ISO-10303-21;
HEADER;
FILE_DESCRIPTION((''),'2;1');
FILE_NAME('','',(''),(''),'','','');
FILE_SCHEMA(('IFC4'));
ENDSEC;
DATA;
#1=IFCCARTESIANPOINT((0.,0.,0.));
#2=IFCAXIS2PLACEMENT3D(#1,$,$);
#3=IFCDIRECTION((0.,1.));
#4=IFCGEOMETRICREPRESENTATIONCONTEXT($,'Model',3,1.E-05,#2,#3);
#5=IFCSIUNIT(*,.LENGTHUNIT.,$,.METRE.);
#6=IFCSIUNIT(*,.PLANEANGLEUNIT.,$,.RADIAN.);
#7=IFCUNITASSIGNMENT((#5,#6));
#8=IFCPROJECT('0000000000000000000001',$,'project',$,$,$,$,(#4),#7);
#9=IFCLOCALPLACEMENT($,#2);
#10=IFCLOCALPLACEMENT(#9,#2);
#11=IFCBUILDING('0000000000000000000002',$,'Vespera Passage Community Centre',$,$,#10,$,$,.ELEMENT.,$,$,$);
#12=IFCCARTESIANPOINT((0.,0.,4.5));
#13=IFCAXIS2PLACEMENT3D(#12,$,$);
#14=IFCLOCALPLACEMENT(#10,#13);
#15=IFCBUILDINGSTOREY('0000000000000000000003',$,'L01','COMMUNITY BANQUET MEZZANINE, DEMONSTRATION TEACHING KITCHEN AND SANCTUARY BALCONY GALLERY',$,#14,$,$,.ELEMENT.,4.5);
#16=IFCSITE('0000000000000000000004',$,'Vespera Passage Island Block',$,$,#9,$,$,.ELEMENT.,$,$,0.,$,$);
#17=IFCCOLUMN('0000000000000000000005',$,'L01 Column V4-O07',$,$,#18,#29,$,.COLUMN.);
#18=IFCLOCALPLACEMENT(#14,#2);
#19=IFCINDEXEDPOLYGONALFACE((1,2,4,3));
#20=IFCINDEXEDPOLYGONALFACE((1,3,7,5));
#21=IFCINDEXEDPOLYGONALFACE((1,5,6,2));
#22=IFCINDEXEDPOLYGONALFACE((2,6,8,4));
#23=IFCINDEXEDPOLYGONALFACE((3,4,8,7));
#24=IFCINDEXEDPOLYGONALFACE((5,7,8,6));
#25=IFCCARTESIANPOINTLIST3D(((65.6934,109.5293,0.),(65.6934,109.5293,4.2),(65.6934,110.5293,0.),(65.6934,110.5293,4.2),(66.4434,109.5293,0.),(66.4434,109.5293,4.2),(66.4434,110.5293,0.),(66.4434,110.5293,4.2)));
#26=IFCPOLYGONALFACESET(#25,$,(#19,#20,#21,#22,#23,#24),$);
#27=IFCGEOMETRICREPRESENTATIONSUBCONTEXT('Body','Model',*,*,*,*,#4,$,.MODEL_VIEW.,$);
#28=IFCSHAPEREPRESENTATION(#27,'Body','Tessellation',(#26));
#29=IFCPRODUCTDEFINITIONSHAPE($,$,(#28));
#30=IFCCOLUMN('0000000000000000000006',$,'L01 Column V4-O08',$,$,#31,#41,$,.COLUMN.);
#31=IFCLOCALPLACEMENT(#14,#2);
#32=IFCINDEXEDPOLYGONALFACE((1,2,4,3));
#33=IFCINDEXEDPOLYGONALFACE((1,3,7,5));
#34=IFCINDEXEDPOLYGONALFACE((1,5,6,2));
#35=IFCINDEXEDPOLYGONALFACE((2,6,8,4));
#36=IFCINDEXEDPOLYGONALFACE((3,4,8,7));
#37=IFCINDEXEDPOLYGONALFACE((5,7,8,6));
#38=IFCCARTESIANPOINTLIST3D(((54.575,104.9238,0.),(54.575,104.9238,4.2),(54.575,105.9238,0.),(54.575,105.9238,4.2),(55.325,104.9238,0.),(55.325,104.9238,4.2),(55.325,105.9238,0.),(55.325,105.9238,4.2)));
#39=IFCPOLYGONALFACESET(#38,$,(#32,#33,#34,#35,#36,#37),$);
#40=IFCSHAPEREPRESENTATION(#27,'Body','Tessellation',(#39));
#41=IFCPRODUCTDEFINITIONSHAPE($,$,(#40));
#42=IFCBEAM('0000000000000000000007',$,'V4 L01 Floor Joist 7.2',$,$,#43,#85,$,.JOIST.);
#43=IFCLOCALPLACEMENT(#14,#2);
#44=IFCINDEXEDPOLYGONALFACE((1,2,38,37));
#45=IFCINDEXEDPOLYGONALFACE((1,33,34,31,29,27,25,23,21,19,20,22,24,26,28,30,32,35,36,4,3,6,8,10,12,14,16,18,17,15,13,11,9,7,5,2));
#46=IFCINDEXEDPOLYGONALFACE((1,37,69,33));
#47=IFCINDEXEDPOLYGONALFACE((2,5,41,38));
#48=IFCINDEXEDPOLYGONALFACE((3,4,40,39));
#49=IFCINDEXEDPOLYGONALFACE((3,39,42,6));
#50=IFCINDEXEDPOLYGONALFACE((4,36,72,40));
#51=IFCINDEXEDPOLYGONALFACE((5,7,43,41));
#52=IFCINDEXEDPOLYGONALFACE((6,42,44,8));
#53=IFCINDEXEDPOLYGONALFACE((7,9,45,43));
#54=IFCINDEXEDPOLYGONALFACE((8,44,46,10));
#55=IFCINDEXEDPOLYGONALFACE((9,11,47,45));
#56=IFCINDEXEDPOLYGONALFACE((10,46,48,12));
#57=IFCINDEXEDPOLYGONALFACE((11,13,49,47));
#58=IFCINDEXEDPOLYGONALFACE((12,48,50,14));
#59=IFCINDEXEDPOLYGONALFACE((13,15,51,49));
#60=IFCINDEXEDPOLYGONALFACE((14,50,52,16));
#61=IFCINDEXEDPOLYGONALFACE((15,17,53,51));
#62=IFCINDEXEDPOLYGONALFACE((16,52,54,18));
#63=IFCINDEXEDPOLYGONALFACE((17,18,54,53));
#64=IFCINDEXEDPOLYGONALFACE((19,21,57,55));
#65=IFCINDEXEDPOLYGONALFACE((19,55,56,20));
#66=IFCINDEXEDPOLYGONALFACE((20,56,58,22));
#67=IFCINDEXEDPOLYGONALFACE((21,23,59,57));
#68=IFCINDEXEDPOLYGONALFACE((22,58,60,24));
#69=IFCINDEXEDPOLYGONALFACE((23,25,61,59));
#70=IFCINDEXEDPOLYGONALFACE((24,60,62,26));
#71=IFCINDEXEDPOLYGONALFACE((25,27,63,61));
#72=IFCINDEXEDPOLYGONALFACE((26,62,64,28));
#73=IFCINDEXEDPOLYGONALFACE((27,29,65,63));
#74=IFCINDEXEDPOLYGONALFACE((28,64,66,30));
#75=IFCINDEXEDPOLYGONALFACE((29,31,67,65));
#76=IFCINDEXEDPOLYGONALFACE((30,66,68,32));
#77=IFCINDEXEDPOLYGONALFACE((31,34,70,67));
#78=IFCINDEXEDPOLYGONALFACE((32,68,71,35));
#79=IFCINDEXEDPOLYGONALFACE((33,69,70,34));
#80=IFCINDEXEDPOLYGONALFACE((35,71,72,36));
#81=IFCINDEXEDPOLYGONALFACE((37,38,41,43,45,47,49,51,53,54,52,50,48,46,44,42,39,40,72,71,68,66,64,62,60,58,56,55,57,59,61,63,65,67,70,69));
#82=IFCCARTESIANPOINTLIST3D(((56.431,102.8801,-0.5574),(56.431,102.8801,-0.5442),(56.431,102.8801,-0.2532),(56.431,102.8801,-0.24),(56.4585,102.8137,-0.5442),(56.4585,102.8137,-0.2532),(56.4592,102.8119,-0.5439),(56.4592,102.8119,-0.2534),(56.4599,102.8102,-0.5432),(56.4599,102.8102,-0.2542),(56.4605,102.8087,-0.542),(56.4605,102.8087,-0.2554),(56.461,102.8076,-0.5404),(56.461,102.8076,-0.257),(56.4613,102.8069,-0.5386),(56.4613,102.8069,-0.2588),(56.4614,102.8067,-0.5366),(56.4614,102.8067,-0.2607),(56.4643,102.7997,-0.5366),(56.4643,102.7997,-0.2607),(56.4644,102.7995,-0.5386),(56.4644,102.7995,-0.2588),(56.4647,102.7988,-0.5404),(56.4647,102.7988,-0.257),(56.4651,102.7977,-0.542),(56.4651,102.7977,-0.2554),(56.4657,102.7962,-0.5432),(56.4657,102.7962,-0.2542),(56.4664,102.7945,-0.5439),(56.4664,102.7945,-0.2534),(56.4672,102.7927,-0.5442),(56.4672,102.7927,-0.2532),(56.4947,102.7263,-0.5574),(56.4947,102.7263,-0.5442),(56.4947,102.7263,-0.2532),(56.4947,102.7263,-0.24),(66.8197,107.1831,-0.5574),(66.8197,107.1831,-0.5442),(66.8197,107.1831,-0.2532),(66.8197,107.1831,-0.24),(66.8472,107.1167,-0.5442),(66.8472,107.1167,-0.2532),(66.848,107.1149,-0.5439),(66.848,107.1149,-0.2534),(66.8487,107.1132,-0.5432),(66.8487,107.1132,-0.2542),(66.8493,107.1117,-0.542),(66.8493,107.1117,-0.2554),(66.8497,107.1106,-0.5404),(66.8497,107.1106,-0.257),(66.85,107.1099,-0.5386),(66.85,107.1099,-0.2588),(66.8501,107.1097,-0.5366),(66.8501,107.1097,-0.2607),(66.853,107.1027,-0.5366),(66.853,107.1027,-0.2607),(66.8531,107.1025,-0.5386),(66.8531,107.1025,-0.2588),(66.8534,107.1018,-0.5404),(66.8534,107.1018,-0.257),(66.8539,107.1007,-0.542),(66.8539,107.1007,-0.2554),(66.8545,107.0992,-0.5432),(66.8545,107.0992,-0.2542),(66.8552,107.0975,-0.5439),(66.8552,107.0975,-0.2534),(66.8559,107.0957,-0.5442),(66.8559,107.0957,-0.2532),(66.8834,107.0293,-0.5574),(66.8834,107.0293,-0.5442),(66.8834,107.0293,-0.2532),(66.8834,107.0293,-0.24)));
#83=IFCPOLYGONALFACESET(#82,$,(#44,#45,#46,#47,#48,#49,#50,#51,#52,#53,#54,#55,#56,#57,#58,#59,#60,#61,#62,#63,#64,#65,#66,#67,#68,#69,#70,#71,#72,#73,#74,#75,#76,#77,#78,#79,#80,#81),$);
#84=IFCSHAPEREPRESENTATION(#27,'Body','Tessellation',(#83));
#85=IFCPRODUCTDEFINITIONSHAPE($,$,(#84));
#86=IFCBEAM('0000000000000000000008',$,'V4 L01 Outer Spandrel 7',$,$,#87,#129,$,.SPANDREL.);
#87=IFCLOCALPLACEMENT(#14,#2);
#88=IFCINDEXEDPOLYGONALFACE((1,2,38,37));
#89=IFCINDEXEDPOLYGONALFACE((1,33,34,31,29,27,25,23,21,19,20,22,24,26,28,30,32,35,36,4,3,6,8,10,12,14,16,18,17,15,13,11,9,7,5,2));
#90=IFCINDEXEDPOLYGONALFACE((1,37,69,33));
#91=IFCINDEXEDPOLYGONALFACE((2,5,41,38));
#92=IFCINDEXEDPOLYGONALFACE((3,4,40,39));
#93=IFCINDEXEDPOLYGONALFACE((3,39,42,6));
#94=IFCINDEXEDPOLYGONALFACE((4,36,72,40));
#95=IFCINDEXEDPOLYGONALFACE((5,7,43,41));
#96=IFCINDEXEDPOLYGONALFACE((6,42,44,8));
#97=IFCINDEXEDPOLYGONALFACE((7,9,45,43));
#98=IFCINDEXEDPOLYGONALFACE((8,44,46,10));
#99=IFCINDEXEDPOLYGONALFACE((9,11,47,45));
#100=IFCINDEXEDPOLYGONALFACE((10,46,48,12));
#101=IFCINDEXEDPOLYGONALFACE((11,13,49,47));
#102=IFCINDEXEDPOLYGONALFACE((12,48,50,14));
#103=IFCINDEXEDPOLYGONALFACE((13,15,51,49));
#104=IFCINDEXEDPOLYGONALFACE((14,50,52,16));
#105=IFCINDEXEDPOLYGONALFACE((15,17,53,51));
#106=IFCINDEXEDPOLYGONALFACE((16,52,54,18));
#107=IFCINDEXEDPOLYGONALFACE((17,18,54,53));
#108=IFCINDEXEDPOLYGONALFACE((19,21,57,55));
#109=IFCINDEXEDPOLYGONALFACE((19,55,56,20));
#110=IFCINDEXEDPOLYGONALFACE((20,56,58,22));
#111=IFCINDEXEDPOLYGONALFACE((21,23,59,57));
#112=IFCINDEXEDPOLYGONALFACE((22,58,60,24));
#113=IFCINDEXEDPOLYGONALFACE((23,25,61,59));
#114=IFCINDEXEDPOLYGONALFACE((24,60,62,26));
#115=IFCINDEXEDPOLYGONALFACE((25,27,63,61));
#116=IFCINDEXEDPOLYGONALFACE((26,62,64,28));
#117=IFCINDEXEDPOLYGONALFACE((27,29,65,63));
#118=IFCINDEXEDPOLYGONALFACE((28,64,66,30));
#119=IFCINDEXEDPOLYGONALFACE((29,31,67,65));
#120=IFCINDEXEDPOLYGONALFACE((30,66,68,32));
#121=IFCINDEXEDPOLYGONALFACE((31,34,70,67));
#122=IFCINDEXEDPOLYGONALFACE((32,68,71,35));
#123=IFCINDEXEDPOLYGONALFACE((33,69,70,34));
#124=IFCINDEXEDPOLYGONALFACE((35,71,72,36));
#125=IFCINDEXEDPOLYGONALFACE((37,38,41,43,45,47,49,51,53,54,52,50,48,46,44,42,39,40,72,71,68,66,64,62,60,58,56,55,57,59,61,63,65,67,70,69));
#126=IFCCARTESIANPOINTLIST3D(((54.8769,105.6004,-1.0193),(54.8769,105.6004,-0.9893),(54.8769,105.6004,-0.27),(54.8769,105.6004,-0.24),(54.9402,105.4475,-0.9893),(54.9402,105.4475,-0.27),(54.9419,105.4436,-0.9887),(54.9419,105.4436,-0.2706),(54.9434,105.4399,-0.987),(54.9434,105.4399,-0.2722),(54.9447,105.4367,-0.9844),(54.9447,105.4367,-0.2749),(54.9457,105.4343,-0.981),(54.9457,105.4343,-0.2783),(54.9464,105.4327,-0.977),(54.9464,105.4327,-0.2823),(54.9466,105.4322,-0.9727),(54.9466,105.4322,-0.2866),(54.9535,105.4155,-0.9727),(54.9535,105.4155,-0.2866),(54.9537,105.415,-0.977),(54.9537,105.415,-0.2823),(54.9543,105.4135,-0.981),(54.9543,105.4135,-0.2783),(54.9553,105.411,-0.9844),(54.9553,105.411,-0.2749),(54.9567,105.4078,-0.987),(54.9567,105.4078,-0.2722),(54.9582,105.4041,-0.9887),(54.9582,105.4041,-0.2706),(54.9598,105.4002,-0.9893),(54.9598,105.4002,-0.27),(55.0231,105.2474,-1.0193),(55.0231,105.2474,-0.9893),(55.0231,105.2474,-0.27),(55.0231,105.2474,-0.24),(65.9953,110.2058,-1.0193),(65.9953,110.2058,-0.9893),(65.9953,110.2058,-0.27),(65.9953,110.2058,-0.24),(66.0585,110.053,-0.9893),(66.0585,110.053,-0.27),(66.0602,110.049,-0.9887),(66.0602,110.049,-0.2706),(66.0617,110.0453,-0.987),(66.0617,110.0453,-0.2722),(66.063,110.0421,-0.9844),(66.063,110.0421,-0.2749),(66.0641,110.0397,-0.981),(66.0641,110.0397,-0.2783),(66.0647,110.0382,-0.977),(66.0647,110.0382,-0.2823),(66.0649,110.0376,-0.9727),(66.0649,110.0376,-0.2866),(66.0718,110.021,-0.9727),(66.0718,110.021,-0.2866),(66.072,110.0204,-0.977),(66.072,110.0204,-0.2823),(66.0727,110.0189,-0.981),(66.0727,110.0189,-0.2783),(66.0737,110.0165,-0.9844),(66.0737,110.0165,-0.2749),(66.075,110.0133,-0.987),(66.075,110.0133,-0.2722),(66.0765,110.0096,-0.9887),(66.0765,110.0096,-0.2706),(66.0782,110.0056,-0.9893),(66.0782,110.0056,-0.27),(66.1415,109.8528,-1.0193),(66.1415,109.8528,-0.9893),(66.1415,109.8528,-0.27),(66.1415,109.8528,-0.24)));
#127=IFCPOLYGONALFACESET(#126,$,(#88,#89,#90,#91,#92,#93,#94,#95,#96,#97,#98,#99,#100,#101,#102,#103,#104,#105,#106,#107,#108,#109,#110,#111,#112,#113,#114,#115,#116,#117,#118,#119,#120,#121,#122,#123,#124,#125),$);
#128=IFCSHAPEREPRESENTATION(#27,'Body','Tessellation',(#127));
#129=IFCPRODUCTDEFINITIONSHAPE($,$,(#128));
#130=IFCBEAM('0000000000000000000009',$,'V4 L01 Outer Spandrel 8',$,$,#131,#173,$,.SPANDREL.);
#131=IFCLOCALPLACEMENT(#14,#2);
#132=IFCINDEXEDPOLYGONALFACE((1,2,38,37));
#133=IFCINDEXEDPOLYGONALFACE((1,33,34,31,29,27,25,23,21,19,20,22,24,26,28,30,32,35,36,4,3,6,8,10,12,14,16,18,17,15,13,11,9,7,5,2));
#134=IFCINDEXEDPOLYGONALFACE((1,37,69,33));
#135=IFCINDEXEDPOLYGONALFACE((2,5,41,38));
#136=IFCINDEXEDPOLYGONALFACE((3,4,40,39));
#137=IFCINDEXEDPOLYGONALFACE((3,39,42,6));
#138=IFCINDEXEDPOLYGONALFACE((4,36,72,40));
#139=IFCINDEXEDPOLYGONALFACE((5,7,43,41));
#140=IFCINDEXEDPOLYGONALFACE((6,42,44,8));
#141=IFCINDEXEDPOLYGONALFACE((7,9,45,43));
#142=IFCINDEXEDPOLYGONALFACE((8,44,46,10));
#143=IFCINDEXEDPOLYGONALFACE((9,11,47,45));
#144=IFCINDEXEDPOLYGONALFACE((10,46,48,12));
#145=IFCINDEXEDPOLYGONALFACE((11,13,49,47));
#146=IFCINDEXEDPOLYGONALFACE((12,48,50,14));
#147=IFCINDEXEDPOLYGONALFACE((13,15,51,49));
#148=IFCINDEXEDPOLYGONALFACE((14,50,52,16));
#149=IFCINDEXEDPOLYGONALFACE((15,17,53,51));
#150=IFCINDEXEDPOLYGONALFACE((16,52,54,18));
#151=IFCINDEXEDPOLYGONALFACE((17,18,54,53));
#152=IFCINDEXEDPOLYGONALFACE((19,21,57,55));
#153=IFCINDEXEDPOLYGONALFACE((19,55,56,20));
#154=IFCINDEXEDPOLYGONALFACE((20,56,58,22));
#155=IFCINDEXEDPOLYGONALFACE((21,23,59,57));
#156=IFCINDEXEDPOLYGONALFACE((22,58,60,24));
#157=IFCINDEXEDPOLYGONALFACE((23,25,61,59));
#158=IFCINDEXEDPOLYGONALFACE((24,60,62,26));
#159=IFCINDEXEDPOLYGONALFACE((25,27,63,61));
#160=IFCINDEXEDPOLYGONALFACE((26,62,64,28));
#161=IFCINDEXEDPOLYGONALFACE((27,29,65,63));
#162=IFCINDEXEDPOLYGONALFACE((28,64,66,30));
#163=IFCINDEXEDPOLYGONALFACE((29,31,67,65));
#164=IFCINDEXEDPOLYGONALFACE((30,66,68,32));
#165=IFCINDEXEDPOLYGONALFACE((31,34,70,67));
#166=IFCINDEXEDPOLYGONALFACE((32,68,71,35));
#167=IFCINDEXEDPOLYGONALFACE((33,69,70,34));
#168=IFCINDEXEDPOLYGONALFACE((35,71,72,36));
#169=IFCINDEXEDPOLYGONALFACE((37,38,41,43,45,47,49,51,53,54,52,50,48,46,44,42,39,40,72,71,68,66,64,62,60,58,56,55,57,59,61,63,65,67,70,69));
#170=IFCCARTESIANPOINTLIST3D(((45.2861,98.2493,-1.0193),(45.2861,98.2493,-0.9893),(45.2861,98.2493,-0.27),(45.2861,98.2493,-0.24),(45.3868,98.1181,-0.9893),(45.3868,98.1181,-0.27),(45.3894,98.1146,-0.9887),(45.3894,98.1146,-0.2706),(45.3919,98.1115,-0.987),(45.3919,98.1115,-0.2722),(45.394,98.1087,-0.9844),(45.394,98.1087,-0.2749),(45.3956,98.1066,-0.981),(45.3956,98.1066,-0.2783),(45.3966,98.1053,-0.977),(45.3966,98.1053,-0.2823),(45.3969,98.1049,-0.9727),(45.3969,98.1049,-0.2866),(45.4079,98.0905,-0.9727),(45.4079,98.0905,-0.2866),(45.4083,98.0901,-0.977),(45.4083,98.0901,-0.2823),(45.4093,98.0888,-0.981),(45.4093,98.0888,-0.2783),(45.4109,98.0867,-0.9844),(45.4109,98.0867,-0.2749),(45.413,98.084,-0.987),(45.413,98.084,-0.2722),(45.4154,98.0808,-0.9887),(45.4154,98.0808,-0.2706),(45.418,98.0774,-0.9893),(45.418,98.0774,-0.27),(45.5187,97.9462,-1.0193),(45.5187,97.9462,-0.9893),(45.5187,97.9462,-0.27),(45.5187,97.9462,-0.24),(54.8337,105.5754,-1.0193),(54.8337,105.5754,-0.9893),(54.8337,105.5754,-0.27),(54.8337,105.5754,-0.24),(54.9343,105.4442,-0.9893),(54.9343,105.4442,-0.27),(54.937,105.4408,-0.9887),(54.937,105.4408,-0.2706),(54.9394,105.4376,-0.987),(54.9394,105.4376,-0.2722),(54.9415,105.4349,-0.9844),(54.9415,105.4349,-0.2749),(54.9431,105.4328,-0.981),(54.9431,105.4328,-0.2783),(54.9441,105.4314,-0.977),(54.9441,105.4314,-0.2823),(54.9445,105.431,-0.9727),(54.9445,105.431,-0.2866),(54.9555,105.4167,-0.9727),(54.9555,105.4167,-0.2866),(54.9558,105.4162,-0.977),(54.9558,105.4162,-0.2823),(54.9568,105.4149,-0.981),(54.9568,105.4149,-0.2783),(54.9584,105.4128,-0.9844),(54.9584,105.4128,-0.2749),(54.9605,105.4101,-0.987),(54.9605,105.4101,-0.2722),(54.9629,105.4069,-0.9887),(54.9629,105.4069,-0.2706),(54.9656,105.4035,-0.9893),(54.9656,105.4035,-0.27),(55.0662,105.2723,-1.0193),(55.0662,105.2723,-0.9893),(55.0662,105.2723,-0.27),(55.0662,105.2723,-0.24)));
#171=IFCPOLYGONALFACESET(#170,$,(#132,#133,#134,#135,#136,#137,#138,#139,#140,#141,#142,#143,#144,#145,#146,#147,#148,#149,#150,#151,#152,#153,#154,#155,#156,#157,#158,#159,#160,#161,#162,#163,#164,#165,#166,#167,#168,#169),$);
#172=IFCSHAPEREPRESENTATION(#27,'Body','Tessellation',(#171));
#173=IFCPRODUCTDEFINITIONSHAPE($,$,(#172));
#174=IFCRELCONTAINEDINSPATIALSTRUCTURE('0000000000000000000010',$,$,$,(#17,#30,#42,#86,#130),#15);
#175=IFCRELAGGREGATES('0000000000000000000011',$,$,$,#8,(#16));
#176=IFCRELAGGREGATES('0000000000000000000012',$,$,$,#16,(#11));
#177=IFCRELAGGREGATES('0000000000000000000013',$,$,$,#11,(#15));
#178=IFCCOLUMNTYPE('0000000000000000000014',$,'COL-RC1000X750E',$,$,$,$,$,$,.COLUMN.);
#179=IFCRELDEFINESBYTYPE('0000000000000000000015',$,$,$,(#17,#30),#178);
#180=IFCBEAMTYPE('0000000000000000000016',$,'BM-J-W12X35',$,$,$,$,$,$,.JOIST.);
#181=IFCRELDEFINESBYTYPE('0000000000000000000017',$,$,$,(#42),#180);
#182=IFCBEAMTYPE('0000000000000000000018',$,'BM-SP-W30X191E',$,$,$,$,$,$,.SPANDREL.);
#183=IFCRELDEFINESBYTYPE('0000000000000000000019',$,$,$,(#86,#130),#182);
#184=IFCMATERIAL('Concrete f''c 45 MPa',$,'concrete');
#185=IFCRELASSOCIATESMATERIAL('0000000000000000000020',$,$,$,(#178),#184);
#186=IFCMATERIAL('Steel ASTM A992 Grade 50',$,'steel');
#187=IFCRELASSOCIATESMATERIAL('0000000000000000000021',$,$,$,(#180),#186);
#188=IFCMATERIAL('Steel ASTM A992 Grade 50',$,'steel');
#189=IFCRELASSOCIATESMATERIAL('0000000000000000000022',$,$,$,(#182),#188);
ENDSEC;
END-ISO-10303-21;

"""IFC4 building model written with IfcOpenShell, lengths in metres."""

from ifc_helpers import new_model, si_unit, direction, frame, origin, origin_2d, place, context, subcontext, project, spatial, rectangle, i_section, extrude, material, material_profile, profile_set, type_object, element, save


model = new_model("IFC4")

# Units and contexts
model_context = context("Model", 3, precision=1e-05, world=origin(), true_north=direction((0.0, 1.0)))
body_context = subcontext(model_context, "Body", "Model", "MODEL_VIEW")
ifc_project = project(units=[si_unit("LENGTHUNIT", "METRE"), si_unit("PLANEANGLEUNIT", "RADIAN")], contexts=[model_context])

# Site, building, storey
site_placement = place(None, origin())
site = spatial("IfcSite", under=ifc_project, at=site_placement, Name="Vespera Passage Island Block", CompositionType="ELEMENT", RefElevation=0.0)
building_placement = place(site_placement, origin())
building = spatial("IfcBuilding", under=site, at=building_placement, Name="Vespera Passage Community Centre", CompositionType="ELEMENT")
storey_placement = place(building_placement, frame((0.0, 0.0, 4.5)))
storey = spatial("IfcBuildingStorey", under=building, at=storey_placement, Name="L01", Description="COMMUNITY BANQUET MEZZANINE, DEMONSTRATION TEACHING KITCHEN AND SANCTUARY BALCONY GALLERY", CompositionType="ELEMENT", Elevation=4.5)

# Columns
ifc_material_1 = material(Name="Concrete f'c 45 MPa", Category="concrete")
ifc_material_profile_1 = material_profile(ifc_material_1, rectangle(XDim=0.75, YDim=1.0, at=origin_2d()), Name="RC1000X750")
ifc_profile_set_1 = profile_set([ifc_material_profile_1], Name="Concrete f'c 45 MPa")
column_type = type_object("IfcColumnType", Name="COL-RC1000X750E", PredefinedType="COLUMN", material=ifc_profile_set_1)
for number, where, z_axis, x_axis, name in (
    (1, (66.0684, 110.0293, 0.0), (0.0, 0.0, 1.0), (1.0, 0.0, 0.0), "L01 Column V4-O07"),
    (2, (54.95, 105.4238, 0.0), (0.0, 0.0, 1.0), (1.0, 0.0, 0.0), "L01 Column V4-O08"),
):
    element("IfcColumn", number, at=place(storey_placement, frame(where, z_axis=z_axis, x_axis=x_axis)), inside=storey, type_object=column_type, Name=name, PredefinedType="COLUMN", context=body_context, shape_type="SweptSolid", body=[
        extrude(rectangle(XDim=0.75, YDim=1.0, at=origin_2d()), origin(), (0.0, 0.0, 1.0), 4.2),
    ])

# Beams
ifc_material_2 = material(Name="Steel ASTM A992 Grade 50", Category="steel")
ifc_material_profile_2 = material_profile(ifc_material_2, i_section(OverallWidth=0.1665, OverallDepth=0.3174, WebThickness=0.0076, FlangeThickness=0.0132, FilletRadius=0.0076, at=origin_2d()), Name="W12X35")
ifc_profile_set_2 = profile_set([ifc_material_profile_2], Name="Steel ASTM A992 Grade 50")
beam_type_1 = type_object("IfcBeamType", Name="BM-J-W12X35", PredefinedType="JOIST", material=ifc_profile_set_2)
beam_placement = place(storey_placement, frame((66.8516, 107.1062, -0.3987), z_axis=(-0.923884, -0.382672, 0.0), x_axis=(0.382672, -0.923884, 0.0)))
element("IfcBeam", 3, at=beam_placement, inside=storey, type_object=beam_type_1, Name="V4 L01 Floor Joist 7.2", PredefinedType="JOIST", context=body_context, shape_type="SweptSolid", body=[
    extrude(i_section(OverallWidth=0.1665, OverallDepth=0.3174, WebThickness=0.0076, FlangeThickness=0.0132, FilletRadius=0.0076, at=origin_2d()), origin(), (0.0, 0.0, 1.0), 11.2446),
])
ifc_material_3 = material(Name="Steel ASTM A992 Grade 50", Category="steel")
ifc_material_profile_3 = material_profile(ifc_material_3, i_section(OverallWidth=0.3821, OverallDepth=0.7793, WebThickness=0.0181, FlangeThickness=0.03, FilletRadius=0.0166, at=origin_2d()), Name="W30X191")
ifc_profile_set_3 = profile_set([ifc_material_profile_3], Name="Steel ASTM A992 Grade 50")
beam_type_2 = type_object("IfcBeamType", Name="BM-SP-W30X191E", PredefinedType="SPANDREL", material=ifc_profile_set_3)
for number, where, z_axis, x_axis, name in (
    (4, (66.0684, 110.0293, -0.6296), (-0.923877, -0.382689, 0.0), (0.382689, -0.923877, 0.0), "V4 L01 Outer Spandrel 7"),
    (5, (54.95, 105.4238, -0.6296), (-0.793352, -0.608763, 0.0), (0.608763, -0.793352, 0.0), "V4 L01 Outer Spandrel 8"),
):
    element("IfcBeam", number, at=place(storey_placement, frame(where, z_axis=z_axis, x_axis=x_axis)), inside=storey, type_object=beam_type_2, Name=name, PredefinedType="SPANDREL", context=body_context, shape_type="SweptSolid", body=[
        extrude(i_section(OverallWidth=0.3821, OverallDepth=0.7793, WebThickness=0.0181, FlangeThickness=0.03, FilletRadius=0.0166, at=origin_2d()), origin(), (0.0, 0.0, 1.0), 12.0344),
    ])

save(model, "model.ifc")
